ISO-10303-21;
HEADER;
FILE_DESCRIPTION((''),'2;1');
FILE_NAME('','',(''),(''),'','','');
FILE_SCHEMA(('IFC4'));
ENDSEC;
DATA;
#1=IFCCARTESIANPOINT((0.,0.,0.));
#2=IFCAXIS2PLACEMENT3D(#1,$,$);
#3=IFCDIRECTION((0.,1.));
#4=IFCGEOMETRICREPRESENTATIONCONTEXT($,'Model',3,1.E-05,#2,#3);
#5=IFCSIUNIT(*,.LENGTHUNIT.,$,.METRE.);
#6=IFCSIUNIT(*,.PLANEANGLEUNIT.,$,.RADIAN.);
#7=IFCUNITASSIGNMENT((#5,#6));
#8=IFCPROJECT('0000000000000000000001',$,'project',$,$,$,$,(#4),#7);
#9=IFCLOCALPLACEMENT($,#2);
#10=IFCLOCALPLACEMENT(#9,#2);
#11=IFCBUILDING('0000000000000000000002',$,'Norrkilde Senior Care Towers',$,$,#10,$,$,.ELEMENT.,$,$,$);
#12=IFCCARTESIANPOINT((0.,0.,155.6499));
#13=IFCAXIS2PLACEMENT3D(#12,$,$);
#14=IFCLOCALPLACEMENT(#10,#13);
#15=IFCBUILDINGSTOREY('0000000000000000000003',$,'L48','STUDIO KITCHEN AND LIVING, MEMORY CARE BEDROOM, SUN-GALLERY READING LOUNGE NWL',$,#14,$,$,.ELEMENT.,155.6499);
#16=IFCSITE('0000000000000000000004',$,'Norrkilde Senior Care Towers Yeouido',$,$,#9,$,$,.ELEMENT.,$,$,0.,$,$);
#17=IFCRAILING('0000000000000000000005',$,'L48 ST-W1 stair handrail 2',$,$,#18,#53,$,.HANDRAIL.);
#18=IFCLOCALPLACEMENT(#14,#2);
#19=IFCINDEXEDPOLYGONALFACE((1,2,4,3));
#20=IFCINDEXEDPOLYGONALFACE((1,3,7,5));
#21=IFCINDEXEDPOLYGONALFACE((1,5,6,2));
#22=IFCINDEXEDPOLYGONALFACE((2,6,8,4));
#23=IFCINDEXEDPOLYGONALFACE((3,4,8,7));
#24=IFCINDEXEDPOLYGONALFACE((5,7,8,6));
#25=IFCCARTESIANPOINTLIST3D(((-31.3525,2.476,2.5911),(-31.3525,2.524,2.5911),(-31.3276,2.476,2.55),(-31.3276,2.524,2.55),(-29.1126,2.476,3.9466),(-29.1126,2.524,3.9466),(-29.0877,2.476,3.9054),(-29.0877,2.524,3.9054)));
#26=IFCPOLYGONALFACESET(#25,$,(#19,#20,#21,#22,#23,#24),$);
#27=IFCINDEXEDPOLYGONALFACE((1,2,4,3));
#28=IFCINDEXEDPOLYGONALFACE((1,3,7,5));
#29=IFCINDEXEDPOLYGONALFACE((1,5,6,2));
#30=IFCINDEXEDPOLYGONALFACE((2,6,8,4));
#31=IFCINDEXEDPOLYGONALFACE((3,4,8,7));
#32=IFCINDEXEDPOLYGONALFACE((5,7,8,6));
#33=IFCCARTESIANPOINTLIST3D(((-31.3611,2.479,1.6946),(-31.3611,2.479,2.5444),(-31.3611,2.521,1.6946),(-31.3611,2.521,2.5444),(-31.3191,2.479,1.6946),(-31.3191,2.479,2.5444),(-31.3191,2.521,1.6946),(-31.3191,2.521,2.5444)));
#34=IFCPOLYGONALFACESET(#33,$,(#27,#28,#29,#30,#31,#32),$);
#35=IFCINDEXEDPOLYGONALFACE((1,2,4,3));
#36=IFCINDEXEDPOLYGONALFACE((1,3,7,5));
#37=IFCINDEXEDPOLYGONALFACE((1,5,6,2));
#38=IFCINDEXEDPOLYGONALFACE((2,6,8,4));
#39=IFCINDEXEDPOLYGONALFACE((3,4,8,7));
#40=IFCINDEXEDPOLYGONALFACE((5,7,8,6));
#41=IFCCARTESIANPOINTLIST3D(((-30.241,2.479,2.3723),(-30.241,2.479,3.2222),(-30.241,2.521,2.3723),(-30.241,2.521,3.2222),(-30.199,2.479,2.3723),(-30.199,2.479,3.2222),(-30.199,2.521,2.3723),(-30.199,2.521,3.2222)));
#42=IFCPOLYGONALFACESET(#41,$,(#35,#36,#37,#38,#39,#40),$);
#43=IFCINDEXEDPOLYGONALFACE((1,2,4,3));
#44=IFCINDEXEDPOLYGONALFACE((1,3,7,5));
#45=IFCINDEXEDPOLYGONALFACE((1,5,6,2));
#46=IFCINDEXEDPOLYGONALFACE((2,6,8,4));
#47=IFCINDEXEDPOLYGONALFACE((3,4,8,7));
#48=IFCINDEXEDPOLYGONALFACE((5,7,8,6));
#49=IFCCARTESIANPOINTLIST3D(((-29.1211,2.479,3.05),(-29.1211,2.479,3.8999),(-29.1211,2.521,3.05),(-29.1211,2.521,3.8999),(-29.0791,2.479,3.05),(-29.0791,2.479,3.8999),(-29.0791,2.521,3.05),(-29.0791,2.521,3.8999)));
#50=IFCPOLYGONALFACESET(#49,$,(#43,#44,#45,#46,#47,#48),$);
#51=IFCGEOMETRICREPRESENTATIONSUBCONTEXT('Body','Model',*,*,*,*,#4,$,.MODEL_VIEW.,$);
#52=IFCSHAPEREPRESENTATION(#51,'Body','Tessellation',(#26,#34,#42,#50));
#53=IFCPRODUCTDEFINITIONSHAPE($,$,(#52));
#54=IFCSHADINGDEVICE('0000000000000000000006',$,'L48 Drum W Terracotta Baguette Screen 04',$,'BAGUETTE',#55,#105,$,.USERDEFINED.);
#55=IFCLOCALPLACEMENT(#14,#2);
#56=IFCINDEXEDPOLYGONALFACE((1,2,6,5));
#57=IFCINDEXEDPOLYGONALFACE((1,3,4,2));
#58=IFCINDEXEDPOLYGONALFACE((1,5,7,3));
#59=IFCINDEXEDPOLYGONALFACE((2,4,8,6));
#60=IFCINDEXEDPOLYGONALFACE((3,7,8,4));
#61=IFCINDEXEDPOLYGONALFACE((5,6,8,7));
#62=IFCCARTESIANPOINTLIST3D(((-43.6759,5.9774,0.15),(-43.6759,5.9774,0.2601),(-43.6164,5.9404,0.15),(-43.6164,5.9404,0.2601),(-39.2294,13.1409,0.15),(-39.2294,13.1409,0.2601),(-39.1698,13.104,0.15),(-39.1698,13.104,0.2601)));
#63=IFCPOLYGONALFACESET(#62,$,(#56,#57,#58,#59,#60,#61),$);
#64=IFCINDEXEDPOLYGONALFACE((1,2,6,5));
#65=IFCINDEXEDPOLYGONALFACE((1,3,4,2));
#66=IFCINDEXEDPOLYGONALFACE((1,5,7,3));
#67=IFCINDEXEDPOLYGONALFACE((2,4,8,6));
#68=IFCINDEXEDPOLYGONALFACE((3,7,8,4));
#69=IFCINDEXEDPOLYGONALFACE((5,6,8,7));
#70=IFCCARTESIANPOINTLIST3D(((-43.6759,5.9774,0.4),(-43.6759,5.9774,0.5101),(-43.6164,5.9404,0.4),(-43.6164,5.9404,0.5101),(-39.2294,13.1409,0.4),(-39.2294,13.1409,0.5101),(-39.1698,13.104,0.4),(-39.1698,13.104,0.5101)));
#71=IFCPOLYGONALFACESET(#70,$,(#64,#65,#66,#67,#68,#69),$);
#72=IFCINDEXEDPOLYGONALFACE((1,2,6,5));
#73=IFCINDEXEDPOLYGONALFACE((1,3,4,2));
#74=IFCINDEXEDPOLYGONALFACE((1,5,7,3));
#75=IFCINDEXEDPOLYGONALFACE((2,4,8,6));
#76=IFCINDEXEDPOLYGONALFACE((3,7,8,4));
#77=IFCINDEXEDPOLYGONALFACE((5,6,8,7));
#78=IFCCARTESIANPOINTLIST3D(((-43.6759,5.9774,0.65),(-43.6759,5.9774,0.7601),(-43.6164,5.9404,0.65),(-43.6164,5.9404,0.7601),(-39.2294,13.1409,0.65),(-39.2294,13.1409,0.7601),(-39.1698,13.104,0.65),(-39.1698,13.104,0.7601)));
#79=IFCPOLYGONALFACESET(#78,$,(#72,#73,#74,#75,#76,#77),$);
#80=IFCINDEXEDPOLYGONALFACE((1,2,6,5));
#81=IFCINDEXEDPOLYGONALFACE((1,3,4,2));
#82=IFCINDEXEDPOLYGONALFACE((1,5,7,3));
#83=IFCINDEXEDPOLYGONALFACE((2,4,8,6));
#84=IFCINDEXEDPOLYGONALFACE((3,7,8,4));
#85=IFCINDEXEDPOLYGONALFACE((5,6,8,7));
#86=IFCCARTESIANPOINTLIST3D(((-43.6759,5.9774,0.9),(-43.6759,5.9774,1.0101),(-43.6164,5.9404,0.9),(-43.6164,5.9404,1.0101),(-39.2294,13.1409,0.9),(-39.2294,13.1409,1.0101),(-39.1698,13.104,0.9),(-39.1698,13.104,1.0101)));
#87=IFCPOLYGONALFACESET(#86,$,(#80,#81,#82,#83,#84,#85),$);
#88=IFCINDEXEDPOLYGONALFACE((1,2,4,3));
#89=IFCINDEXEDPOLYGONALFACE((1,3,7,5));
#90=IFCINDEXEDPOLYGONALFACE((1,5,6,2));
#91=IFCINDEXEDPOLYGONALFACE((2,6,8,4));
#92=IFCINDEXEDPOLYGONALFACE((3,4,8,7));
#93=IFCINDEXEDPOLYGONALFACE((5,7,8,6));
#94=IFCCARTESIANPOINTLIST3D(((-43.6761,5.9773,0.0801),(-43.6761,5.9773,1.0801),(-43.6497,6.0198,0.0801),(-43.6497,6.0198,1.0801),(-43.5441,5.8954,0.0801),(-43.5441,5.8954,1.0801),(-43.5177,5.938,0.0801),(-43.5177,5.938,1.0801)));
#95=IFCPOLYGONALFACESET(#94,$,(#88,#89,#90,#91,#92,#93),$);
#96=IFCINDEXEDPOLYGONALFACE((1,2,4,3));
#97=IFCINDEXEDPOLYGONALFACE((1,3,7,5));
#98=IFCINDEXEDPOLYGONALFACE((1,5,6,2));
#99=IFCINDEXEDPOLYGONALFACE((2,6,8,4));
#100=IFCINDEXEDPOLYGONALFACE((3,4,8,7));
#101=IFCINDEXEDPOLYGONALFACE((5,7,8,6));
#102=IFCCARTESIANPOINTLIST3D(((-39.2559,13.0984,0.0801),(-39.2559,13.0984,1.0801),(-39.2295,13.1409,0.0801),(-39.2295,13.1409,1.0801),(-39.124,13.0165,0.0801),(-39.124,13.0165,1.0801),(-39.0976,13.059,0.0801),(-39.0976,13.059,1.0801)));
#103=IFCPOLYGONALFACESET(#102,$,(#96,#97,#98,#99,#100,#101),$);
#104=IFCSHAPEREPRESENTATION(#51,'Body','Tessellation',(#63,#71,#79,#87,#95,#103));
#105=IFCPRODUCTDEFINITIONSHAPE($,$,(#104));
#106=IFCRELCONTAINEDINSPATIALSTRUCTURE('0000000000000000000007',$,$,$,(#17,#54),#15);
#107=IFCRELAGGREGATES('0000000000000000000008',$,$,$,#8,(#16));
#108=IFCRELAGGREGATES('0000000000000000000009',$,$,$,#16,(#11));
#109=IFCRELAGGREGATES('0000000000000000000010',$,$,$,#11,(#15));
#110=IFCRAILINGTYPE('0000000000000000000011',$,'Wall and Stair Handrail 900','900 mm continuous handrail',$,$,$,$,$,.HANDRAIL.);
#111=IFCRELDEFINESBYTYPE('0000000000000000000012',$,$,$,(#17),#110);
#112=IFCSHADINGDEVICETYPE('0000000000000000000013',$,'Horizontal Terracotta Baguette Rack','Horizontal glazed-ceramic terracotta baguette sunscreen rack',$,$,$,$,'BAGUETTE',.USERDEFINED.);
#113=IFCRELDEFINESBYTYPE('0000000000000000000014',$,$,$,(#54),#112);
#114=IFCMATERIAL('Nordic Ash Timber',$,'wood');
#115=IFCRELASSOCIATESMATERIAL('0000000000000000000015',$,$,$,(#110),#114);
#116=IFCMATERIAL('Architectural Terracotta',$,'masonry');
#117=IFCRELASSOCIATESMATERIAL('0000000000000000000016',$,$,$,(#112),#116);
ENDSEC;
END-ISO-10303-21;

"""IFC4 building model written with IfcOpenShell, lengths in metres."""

from ifc_helpers import new_model, si_unit, direction, frame, origin, origin_2d, place, context, subcontext, project, spatial, rectangle, extrude, source, transform, mapped, material, type_object, type_shapes, element, save


model = new_model("IFC4")

# Units and contexts
model_context = context("Model", 3, precision=1e-05, world=origin(), true_north=direction((0.0, 1.0)))
body_context = subcontext(model_context, "Body", "Model", "MODEL_VIEW")
ifc_project = project(units=[si_unit("LENGTHUNIT", "METRE"), si_unit("PLANEANGLEUNIT", "RADIAN")], contexts=[model_context])

# Site, building, storey
site_placement = place(None, origin())
site = spatial("IfcSite", under=ifc_project, at=site_placement, Name="Norrkilde Senior Care Towers Yeouido", CompositionType="ELEMENT", RefElevation=0.0)
building_placement = place(site_placement, origin())
building = spatial("IfcBuilding", under=site, at=building_placement, Name="Norrkilde Senior Care Towers", CompositionType="ELEMENT")
storey_placement = place(building_placement, frame((0.0, 0.0, 155.6499)))
storey = spatial("IfcBuildingStorey", under=building, at=storey_placement, Name="L48", Description="STUDIO KITCHEN AND LIVING, MEMORY CARE BEDROOM, SUN-GALLERY READING LOUNGE NWL", CompositionType="ELEMENT", Elevation=155.6499)

# Shared definitions
ifc_material_1 = material(Name="Nordic Ash Timber", Category="wood")

# Railing
railing_type_1 = type_object("IfcRailingType", Name="Wall and Stair Handrail 900", Description="900 mm continuous handrail", PredefinedType="HANDRAIL", material=ifc_material_1)
railing_1_placement = place(storey_placement, frame((-31.3401, 2.5, 1.6946)))
element("IfcRailing", 1, at=railing_1_placement, inside=storey, type_object=railing_type_1, Name="L48 ST-W1 stair handrail 2", PredefinedType="HANDRAIL", context=body_context, shape_type="SweptSolid", body=[
    extrude(rectangle(XDim=0.0481, YDim=0.0481, at=origin_2d()), frame((0.0, 0.0, 0.876), z_axis=(0.855553, 0.0, 0.517715), x_axis=(0.0, 1.0, 0.0)), (0.0, 0.0, 1.0), 2.6182),
    extrude(rectangle(XDim=0.042, YDim=0.042, at=origin_2d()), origin(), (0.0, 0.0, 1.0), 0.8499),
    extrude(rectangle(XDim=0.042, YDim=0.042, at=origin_2d()), frame((1.1201, 0.0, 0.6777)), (0.0, 0.0, 1.0), 0.8499),
    extrude(rectangle(XDim=0.042, YDim=0.042, at=origin_2d()), frame((2.24, 0.0, 1.3555)), (0.0, 0.0, 1.0), 0.8499),
])

# Shading device
ifc_material_2 = material(Name="Architectural Terracotta", Category="masonry")
shading_device_type = type_object("IfcShadingDeviceType", Name="Horizontal Terracotta Baguette Rack", Description="Horizontal glazed-ceramic terracotta baguette sunscreen rack", ElementType="BAGUETTE", PredefinedType="USERDEFINED", material=ifc_material_2)
shared_shape_1 = source(origin(), body_context, "Body", "SweptSolid", [
    extrude(rectangle(XDim=0.0701, YDim=0.1101, at=origin_2d()), frame((0.0, 0.0901, 0.125), z_axis=(1.0, 0.0, 0.0), x_axis=(0.0, 1.0, 0.0)), (0.0, 0.0, 1.0), 8.4314),
    extrude(rectangle(XDim=0.0701, YDim=0.1101, at=origin_2d()), frame((0.0, 0.0901, 0.375), z_axis=(1.0, 0.0, 0.0), x_axis=(0.0, 1.0, 0.0)), (0.0, 0.0, 1.0), 8.4314),
    extrude(rectangle(XDim=0.0701, YDim=0.1101, at=origin_2d()), frame((0.0, 0.0901, 0.625), z_axis=(1.0, 0.0, 0.0), x_axis=(0.0, 1.0, 0.0)), (0.0, 0.0, 1.0), 8.4314),
    extrude(rectangle(XDim=0.0701, YDim=0.1101, at=origin_2d()), frame((0.0, 0.0901, 0.875), z_axis=(1.0, 0.0, 0.0), x_axis=(0.0, 1.0, 0.0)), (0.0, 0.0, 1.0), 8.4314),
    extrude(rectangle(XDim=0.05, YDim=0.1553, at=origin_2d()), frame((0.0249, 0.0476, 0.0)), (0.0, 0.0, 1.0), 1.0),
    extrude(rectangle(XDim=0.05, YDim=0.1553, at=origin_2d()), frame((8.4062, 0.0476, 0.0)), (0.0, 0.0, 1.0), 1.0),
])
type_shapes(shading_device_type, [shared_shape_1])
shading_device_placement = place(storey_placement, frame((-43.5696, 5.9114, 0.0801), z_axis=(0.0, 0.0, 1.0), x_axis=(0.527378, 0.849631, 0.0)))
element("IfcShadingDevice", 2, at=shading_device_placement, inside=storey, type_object=shading_device_type, Name="L48 Drum W Terracotta Baguette Screen 04", ObjectType="BAGUETTE", PredefinedType="USERDEFINED", context=body_context, shape_type="MappedRepresentation", body=[
    mapped(shared_shape_1, transform((0.0, 0.0, 0.0), x_axis=(1.0, 0.0, 0.0), y_axis=(0.0, 1.0, 0.0), z_axis=(0.0, 0.0, 1.0), scale=1.0)),
])

save(model, "model.ifc")
